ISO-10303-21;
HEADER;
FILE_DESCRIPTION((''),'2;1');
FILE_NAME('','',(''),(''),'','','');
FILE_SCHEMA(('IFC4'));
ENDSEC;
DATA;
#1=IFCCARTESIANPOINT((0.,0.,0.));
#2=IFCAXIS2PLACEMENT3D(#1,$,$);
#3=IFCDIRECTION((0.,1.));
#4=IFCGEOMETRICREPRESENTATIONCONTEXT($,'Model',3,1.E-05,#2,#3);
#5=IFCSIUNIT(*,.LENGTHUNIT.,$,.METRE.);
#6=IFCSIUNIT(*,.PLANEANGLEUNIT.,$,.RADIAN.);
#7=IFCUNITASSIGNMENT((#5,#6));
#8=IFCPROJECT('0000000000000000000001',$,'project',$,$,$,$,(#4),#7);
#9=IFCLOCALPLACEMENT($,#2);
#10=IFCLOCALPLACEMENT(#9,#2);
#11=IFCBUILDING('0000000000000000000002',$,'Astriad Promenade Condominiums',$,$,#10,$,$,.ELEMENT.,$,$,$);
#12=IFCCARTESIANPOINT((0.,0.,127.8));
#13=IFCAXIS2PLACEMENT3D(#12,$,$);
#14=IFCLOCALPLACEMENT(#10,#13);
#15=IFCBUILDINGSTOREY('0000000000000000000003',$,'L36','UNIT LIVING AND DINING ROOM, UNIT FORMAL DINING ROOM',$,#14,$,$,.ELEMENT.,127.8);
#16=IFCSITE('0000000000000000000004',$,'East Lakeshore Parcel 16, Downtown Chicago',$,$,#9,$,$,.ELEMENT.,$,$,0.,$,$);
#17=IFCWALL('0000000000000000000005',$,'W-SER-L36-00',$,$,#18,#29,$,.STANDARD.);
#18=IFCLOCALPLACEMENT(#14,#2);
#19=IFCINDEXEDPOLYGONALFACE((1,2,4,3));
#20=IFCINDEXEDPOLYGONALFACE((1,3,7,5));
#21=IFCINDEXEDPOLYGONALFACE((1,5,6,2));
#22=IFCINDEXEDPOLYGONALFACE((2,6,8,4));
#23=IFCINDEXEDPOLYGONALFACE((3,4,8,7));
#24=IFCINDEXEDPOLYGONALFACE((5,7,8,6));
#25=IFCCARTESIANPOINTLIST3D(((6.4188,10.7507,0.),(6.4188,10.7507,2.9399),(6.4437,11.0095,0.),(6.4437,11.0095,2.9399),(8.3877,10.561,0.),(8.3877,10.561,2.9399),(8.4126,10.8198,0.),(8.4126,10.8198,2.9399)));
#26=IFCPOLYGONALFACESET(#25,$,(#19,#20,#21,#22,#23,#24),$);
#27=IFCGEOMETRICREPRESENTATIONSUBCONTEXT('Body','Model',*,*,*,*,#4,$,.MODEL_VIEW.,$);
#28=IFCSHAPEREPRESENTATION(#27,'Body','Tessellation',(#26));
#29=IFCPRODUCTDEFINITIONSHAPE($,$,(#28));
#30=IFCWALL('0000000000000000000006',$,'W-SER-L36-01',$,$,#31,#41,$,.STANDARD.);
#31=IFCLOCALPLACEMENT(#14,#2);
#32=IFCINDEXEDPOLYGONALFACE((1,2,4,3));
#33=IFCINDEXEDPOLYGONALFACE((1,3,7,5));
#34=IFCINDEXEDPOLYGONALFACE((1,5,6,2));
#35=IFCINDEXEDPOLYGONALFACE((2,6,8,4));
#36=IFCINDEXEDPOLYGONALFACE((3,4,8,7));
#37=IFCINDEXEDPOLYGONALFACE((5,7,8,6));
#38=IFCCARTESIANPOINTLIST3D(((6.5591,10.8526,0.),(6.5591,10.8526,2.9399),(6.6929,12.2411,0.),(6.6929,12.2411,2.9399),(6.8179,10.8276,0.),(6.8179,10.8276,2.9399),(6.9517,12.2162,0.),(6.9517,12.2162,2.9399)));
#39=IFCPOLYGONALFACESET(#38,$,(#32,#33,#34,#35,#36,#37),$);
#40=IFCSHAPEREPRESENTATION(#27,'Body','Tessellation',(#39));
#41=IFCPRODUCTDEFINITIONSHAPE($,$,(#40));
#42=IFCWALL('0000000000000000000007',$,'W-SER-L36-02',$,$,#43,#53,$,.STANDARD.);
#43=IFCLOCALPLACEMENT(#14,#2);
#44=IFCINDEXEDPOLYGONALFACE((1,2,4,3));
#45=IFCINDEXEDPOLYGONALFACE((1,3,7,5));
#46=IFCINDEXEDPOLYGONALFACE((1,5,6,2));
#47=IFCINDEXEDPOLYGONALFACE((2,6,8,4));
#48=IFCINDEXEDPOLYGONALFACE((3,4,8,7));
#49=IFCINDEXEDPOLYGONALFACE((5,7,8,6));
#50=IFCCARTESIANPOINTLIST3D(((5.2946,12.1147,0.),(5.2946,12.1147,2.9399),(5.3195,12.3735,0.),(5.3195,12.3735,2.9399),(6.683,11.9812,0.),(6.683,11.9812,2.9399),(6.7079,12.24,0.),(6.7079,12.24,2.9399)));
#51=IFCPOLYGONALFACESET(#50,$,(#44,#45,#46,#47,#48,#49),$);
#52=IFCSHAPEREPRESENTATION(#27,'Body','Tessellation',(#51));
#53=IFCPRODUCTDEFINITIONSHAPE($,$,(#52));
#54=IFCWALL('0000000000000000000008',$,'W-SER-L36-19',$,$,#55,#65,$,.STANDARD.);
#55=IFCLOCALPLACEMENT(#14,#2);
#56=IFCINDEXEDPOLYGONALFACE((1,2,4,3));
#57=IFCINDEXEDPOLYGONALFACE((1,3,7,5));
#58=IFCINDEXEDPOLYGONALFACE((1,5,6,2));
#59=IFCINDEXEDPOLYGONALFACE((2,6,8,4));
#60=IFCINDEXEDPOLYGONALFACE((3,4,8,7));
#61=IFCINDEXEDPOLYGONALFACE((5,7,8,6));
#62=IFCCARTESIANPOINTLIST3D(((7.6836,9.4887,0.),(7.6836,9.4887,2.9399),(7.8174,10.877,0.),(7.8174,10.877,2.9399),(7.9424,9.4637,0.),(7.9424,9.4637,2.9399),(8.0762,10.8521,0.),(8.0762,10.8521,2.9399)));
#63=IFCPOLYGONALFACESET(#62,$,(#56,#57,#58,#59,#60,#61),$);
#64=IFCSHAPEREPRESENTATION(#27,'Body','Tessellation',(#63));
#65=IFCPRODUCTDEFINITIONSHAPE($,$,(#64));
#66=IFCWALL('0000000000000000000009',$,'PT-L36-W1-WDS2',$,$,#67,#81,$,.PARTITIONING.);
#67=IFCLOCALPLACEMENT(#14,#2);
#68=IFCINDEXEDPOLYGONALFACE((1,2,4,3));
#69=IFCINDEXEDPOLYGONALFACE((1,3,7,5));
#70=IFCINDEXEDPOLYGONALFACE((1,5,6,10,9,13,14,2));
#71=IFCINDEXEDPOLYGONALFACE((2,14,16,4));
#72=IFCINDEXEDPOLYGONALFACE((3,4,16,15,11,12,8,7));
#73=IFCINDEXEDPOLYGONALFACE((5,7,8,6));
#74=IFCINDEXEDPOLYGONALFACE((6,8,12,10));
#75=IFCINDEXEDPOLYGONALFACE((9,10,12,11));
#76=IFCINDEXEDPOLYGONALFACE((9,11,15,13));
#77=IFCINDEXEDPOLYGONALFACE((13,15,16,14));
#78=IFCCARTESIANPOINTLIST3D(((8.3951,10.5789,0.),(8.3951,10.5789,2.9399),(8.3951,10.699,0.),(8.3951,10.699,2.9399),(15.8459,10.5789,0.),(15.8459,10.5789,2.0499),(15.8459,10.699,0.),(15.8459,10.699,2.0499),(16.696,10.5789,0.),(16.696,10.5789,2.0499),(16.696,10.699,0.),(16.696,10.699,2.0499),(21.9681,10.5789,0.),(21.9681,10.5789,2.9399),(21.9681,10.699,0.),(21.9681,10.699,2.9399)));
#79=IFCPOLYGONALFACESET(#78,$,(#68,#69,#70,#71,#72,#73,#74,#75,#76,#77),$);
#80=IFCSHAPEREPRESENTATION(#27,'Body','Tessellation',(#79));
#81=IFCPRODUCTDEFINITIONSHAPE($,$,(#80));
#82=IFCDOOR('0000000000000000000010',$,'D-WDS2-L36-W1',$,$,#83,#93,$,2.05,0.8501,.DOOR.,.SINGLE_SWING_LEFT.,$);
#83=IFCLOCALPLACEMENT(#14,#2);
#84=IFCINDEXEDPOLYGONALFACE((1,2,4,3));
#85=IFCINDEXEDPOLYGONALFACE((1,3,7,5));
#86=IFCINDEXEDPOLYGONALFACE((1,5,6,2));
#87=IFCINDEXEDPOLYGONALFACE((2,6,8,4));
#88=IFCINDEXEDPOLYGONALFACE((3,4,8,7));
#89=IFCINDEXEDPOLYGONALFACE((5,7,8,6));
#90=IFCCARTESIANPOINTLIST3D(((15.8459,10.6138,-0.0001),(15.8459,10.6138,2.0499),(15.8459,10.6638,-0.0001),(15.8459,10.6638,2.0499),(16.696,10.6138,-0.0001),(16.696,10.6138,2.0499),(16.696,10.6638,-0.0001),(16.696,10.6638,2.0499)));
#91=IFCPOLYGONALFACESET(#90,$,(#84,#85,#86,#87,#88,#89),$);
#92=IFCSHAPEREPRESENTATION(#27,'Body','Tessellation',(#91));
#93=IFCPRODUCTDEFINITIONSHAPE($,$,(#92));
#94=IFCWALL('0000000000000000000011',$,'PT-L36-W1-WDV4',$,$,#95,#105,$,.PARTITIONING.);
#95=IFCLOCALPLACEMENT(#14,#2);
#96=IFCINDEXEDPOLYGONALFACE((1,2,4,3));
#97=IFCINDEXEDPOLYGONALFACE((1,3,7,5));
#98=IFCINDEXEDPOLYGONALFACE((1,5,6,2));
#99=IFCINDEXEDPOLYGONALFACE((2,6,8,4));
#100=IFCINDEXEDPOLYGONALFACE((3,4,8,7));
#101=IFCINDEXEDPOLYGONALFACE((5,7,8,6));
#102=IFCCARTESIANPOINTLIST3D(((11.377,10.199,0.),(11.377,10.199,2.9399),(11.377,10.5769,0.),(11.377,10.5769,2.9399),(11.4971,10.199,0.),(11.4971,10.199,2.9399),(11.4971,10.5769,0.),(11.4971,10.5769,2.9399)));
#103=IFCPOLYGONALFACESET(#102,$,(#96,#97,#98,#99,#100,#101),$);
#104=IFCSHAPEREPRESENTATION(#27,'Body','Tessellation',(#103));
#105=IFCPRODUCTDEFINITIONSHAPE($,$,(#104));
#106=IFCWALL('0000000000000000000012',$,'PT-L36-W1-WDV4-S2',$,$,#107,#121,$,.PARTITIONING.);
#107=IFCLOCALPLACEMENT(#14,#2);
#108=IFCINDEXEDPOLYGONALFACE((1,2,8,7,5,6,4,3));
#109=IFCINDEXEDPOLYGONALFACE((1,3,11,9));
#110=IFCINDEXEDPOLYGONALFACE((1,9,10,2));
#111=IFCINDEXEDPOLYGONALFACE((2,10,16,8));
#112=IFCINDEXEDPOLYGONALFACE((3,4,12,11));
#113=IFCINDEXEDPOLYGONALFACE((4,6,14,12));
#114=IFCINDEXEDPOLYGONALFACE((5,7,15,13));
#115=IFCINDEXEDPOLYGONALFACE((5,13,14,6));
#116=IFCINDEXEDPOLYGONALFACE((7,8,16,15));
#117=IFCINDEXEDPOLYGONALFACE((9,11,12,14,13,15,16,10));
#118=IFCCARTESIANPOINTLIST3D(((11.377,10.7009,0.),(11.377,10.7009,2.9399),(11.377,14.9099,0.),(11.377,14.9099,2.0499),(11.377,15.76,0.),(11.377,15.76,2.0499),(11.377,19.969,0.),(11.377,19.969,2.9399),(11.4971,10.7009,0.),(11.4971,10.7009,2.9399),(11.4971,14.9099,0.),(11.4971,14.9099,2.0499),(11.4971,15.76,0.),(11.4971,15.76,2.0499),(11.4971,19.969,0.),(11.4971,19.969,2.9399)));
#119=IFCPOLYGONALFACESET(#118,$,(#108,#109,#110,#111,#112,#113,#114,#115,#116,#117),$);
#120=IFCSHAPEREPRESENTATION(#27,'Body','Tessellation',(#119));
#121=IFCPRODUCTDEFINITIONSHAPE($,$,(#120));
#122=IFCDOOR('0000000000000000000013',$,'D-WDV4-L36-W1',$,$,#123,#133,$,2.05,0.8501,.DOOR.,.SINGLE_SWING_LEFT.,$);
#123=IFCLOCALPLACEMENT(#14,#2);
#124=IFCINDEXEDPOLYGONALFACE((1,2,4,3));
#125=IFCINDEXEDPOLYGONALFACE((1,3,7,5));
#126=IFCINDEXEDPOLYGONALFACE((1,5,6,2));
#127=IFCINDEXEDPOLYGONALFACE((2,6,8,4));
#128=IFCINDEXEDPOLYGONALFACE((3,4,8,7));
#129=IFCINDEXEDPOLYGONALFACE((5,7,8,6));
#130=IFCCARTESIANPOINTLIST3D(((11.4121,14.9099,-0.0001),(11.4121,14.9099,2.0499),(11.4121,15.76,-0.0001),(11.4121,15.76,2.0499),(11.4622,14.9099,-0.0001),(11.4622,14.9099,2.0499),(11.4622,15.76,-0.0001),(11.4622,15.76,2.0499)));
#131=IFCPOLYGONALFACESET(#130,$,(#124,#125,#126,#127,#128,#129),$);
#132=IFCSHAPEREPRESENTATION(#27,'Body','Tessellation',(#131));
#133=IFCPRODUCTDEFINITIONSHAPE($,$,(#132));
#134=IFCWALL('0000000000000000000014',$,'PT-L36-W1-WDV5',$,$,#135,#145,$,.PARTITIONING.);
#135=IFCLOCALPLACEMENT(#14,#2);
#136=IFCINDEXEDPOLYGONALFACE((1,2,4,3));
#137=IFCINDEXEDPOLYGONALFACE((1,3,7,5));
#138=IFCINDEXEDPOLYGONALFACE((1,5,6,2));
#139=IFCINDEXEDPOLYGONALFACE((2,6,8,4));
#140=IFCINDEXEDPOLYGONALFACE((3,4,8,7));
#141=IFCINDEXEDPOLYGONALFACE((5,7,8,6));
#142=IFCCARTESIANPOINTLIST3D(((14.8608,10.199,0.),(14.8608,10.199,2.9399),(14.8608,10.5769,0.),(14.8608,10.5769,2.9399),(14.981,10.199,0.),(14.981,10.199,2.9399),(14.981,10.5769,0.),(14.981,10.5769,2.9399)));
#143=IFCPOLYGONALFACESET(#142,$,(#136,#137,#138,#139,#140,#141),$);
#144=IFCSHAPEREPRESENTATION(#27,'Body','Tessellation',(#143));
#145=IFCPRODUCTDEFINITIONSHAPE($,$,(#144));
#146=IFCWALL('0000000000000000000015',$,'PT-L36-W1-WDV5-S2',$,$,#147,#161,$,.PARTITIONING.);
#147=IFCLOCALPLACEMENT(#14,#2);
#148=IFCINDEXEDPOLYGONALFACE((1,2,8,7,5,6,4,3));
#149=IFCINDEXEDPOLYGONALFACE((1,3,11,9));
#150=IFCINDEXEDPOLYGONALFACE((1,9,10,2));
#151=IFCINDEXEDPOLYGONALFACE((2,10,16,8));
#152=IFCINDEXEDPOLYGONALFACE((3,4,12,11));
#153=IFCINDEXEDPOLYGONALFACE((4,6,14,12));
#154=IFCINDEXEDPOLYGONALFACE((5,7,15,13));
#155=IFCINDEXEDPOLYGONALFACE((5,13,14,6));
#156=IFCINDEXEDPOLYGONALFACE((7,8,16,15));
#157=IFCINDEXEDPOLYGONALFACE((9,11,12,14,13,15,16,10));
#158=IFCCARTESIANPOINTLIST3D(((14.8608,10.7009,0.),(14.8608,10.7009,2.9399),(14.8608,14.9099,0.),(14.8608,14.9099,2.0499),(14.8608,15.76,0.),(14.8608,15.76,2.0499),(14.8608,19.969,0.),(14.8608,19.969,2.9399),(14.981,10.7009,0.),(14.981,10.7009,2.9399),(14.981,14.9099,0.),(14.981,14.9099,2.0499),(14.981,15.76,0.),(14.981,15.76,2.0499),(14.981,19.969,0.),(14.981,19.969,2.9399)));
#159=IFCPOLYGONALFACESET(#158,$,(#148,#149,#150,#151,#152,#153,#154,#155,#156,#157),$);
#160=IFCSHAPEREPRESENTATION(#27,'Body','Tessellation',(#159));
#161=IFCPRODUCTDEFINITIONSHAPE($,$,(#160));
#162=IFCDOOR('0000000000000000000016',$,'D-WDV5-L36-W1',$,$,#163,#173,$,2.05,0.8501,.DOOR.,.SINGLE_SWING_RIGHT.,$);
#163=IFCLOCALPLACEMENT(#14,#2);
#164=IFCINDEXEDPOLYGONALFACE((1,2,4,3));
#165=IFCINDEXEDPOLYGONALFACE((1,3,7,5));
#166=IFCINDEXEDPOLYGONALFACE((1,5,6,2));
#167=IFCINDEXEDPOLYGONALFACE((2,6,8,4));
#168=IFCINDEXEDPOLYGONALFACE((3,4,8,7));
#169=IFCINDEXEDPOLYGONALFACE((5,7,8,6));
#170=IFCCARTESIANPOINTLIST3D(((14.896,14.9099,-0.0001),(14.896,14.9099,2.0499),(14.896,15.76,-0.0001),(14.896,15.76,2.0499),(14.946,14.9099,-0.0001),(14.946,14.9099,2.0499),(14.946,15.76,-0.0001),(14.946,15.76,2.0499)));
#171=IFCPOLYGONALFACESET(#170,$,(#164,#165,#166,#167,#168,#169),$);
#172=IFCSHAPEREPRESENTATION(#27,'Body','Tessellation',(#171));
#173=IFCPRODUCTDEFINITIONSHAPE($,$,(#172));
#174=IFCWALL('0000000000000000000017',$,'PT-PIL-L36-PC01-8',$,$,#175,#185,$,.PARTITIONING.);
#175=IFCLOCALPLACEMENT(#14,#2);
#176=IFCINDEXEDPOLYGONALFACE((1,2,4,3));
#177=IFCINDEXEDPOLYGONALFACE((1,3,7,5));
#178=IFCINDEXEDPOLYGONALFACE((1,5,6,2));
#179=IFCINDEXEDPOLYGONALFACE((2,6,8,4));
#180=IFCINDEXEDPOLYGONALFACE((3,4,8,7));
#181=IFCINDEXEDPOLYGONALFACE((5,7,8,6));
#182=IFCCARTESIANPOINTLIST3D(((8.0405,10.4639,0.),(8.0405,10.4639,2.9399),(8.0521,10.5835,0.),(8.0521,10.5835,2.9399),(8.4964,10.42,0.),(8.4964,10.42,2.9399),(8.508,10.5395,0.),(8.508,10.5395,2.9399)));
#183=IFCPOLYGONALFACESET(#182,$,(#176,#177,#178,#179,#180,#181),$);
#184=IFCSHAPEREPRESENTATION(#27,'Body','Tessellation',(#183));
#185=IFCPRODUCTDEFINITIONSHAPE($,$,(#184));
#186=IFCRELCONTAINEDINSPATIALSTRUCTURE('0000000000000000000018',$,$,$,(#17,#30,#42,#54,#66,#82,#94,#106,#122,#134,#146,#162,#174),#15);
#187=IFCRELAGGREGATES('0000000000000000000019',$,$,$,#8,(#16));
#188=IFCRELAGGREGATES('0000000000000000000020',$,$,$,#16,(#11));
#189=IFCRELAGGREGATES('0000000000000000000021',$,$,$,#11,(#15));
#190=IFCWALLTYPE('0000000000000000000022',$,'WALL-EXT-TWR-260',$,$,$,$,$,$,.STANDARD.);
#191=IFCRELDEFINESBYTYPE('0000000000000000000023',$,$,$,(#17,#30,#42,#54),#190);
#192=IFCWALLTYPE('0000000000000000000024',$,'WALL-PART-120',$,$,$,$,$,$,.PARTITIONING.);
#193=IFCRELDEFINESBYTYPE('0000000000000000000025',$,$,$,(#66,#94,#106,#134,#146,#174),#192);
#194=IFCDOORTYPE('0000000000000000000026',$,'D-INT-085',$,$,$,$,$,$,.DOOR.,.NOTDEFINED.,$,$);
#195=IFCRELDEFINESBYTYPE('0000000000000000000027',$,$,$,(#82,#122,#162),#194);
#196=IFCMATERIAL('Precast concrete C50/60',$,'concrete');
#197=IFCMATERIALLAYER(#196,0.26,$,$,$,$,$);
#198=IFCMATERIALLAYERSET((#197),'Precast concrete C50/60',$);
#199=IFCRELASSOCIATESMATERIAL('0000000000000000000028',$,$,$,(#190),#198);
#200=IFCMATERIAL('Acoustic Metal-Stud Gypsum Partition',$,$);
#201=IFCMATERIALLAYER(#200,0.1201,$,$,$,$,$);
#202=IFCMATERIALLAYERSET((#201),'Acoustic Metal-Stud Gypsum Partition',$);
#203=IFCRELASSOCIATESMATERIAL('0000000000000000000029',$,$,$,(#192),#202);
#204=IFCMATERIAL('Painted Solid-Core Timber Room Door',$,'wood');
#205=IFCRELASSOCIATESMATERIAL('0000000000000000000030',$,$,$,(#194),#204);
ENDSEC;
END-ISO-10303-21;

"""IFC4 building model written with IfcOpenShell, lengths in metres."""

from ifc_helpers import new_model, si_unit, direction, frame, frame_2d, origin, place, context, subcontext, project, spatial, rectangle, extrude, source, transform, mapped, material, layer, layer_set, type_object, type_shapes, element, fill, save


model = new_model("IFC4")

# Units and contexts
model_context = context("Model", 3, precision=1e-05, world=origin(), true_north=direction((0.0, 1.0)))
body_context = subcontext(model_context, "Body", "Model", "MODEL_VIEW")
ifc_project = project(units=[si_unit("LENGTHUNIT", "METRE"), si_unit("PLANEANGLEUNIT", "RADIAN")], contexts=[model_context])

# Site, building, storey
site_placement = place(None, origin())
site = spatial("IfcSite", under=ifc_project, at=site_placement, Name="East Lakeshore Parcel 16, Downtown Chicago", CompositionType="ELEMENT", RefElevation=0.0)
building_placement = place(site_placement, origin())
building = spatial("IfcBuilding", under=site, at=building_placement, Name="Astriad Promenade Condominiums", CompositionType="ELEMENT")
storey_placement = place(building_placement, frame((0.0, 0.0, 127.8)))
storey = spatial("IfcBuildingStorey", under=building, at=storey_placement, Name="L36", Description="UNIT LIVING AND DINING ROOM, UNIT FORMAL DINING ROOM", CompositionType="ELEMENT", Elevation=127.8)

# Shared definitions
ifc_material_1 = material(Name="Precast concrete C50/60", Category="concrete")

# Walls
ifc_layer_1 = layer(ifc_material_1, 0.26)
ifc_layer_set_1 = layer_set([ifc_layer_1], Name="Precast concrete C50/60")
wall_type_1 = type_object("IfcWallType", Name="WALL-EXT-TWR-260", PredefinedType="STANDARD", material=ifc_layer_set_1)
wall_1_placement = place(storey_placement, frame((8.4001, 10.6904, 0.0), z_axis=(0.0, 0.0, 1.0), x_axis=(-0.995391, 0.095898, 0.0)))
element("IfcWall", 1, at=wall_1_placement, inside=storey, type_object=wall_type_1, Name="W-SER-L36-00", PredefinedType="STANDARD", context=body_context, shape_type="SweptSolid", body=[
    extrude(rectangle(XDim=1.978, YDim=0.26, at=frame_2d((0.989, 0.0))), origin(), (0.0, 0.0, 1.0), 2.9399),
])
wall_2_placement = place(storey_placement, frame((6.6885, 10.8401, 0.0), z_axis=(0.0, 0.0, 1.0), x_axis=(0.095899, 0.995391, 0.0)))
element("IfcWall", 2, at=wall_2_placement, inside=storey, type_object=wall_type_1, Name="W-SER-L36-01", PredefinedType="STANDARD", context=body_context, shape_type="SweptSolid", body=[
    extrude(rectangle(XDim=1.395, YDim=0.26, at=frame_2d((0.6975, 0.0))), origin(), (0.0, 0.0, 1.0), 2.9399),
])
for number, where, z_axis, x_axis, name in (
    (3, (6.6953, 12.1106, 0.0), (0.0, 0.0, 1.0), (-0.995406, 0.095742, 0.0), "W-SER-L36-02"),
    (4, (7.813, 9.4763, 0.0), (0.0, 0.0, 1.0), (0.095916, 0.995389, 0.0), "W-SER-L36-19"),
):
    element("IfcWall", number, at=place(storey_placement, frame(where, z_axis=z_axis, x_axis=x_axis)), inside=storey, type_object=wall_type_1, Name=name, PredefinedType="STANDARD", context=body_context, shape_type="SweptSolid", body=[
        extrude(rectangle(XDim=1.3948, YDim=0.26, at=frame_2d((0.6973, 0.0))), origin(), (0.0, 0.0, 1.0), 2.9399),
    ])

# Wall, opening, door
ifc_material_2 = material(Name="Acoustic Metal-Stud Gypsum Partition")
ifc_layer_2 = layer(ifc_material_2, 0.1201)
ifc_layer_set_2 = layer_set([ifc_layer_2], Name="Acoustic Metal-Stud Gypsum Partition")
wall_type_2 = type_object("IfcWallType", Name="WALL-PART-120", PredefinedType="PARTITIONING", material=ifc_layer_set_2)
wall_3_placement = place(storey_placement, frame((8.395, 10.6389, 0.0), z_axis=(0.0, 0.0, 1.0), x_axis=(1.0, 0.0, 0.0)))
wall_3 = element("IfcWall", 5, at=wall_3_placement, inside=storey, type_object=wall_type_2, Name="PT-L36-W1-WDS2", PredefinedType="PARTITIONING", context=body_context, shape_type="SweptSolid", body=[
    extrude(rectangle(XDim=13.573, YDim=0.1201, at=frame_2d((6.7866, 0.0))), origin(), (0.0, 0.0, 1.0), 2.9399),
])
opening_1_placement = place(wall_3_placement, frame((7.4509, 0.0, 0.0)))
opening_1 = element("IfcOpeningElement", 6, at=opening_1_placement, cuts=wall_3, PredefinedType="OPENING", context=body_context, shape_type="SweptSolid", body=[
    extrude(rectangle(XDim=0.8501, YDim=2.05, at=frame_2d((0.425, 1.0249))), frame((0.0, 0.0701, 0.0), z_axis=(0.0, -1.0, 0.0), x_axis=(1.0, 0.0, 0.0)), (0.0, 0.0, 1.0), 0.1401),
])
ifc_material_3 = material(Name="Painted Solid-Core Timber Room Door", Category="wood")
door_type = type_object("IfcDoorType", Name="D-INT-085", OperationType="NOTDEFINED", PredefinedType="DOOR", material=ifc_material_3)
shared_shape_1 = source(origin(), body_context, "Body", "SweptSolid", [
    extrude(rectangle(XDim=0.8501, YDim=2.05, at=frame_2d((0.425, 1.0249))), frame((0.0, 0.0249, 0.0), z_axis=(0.0, -1.0, 0.0), x_axis=(1.0, 0.0, 0.0)), (0.0, 0.0, 1.0), 0.05),
])
type_shapes(door_type, [shared_shape_1])
door_1_placement = place(opening_1_placement, origin())
door_1 = element("IfcDoor", 7, at=door_1_placement, inside=storey, type_object=door_type, Name="D-WDS2-L36-W1", OperationType="SINGLE_SWING_LEFT", OverallHeight=2.05, OverallWidth=0.8501, PredefinedType="DOOR", context=body_context, shape_type="MappedRepresentation", body=[
    mapped(shared_shape_1, transform((0.0, 0.0, 0.0), scale=1.0)),
])
fill(opening_1, door_1)

# Wall
wall_4_placement = place(storey_placement, frame((11.437, 10.199, 0.0), z_axis=(0.0, 0.0, 1.0), x_axis=(0.0, 1.0, 0.0)))
element("IfcWall", 8, at=wall_4_placement, inside=storey, type_object=wall_type_2, Name="PT-L36-W1-WDV4", PredefinedType="PARTITIONING", context=body_context, shape_type="SweptSolid", body=[
    extrude(rectangle(XDim=0.3779, YDim=0.1201, at=frame_2d((0.189, 0.0))), origin(), (0.0, 0.0, 1.0), 2.9399),
])

# Wall, opening, door
wall_5_placement = place(storey_placement, frame((11.437, 10.7009, 0.0), z_axis=(0.0, 0.0, 1.0), x_axis=(0.0, 1.0, 0.0)))
wall_5 = element("IfcWall", 9, at=wall_5_placement, inside=storey, type_object=wall_type_2, Name="PT-L36-W1-WDV4-S2", PredefinedType="PARTITIONING", context=body_context, shape_type="SweptSolid", body=[
    extrude(rectangle(XDim=9.2681, YDim=0.1201, at=frame_2d((4.634, 0.0))), origin(), (0.0, 0.0, 1.0), 2.9399),
])
opening_2_placement = place(wall_5_placement, frame((4.209, 0.0, 0.0)))
opening_2 = element("IfcOpeningElement", 10, at=opening_2_placement, cuts=wall_5, PredefinedType="OPENING", context=body_context, shape_type="SweptSolid", body=[
    extrude(rectangle(XDim=0.8501, YDim=2.05, at=frame_2d((0.425, 1.0249))), frame((0.0, 0.0701, 0.0), z_axis=(0.0, -1.0, 0.0), x_axis=(1.0, 0.0, 0.0)), (0.0, 0.0, 1.0), 0.1401),
])
door_2_placement = place(opening_2_placement, origin())
door_2 = element("IfcDoor", 11, at=door_2_placement, inside=storey, type_object=door_type, Name="D-WDV4-L36-W1", OperationType="SINGLE_SWING_LEFT", OverallHeight=2.05, OverallWidth=0.8501, PredefinedType="DOOR", context=body_context, shape_type="MappedRepresentation", body=[
    mapped(shared_shape_1, transform((0.0, 0.0, 0.0), scale=1.0)),
])
fill(opening_2, door_2)

# Wall
wall_6_placement = place(storey_placement, frame((14.9209, 10.199, 0.0), z_axis=(0.0, 0.0, 1.0), x_axis=(0.0, 1.0, 0.0)))
element("IfcWall", 12, at=wall_6_placement, inside=storey, type_object=wall_type_2, Name="PT-L36-W1-WDV5", PredefinedType="PARTITIONING", context=body_context, shape_type="SweptSolid", body=[
    extrude(rectangle(XDim=0.3779, YDim=0.1201, at=frame_2d((0.189, 0.0))), origin(), (0.0, 0.0, 1.0), 2.9399),
])

# Wall, opening, door
wall_7_placement = place(storey_placement, frame((14.9209, 10.7009, 0.0), z_axis=(0.0, 0.0, 1.0), x_axis=(0.0, 1.0, 0.0)))
wall_7 = element("IfcWall", 13, at=wall_7_placement, inside=storey, type_object=wall_type_2, Name="PT-L36-W1-WDV5-S2", PredefinedType="PARTITIONING", context=body_context, shape_type="SweptSolid", body=[
    extrude(rectangle(XDim=9.2681, YDim=0.1201, at=frame_2d((4.634, 0.0))), origin(), (0.0, 0.0, 1.0), 2.9399),
])
opening_3_placement = place(wall_7_placement, frame((4.209, 0.0, 0.0)))
opening_3 = element("IfcOpeningElement", 14, at=opening_3_placement, cuts=wall_7, PredefinedType="OPENING", context=body_context, shape_type="SweptSolid", body=[
    extrude(rectangle(XDim=0.8501, YDim=2.05, at=frame_2d((0.425, 1.0249))), frame((0.0, 0.0701, 0.0), z_axis=(0.0, -1.0, 0.0), x_axis=(1.0, 0.0, 0.0)), (0.0, 0.0, 1.0), 0.1401),
])
door_3_placement = place(opening_3_placement, origin())
door_3 = element("IfcDoor", 15, at=door_3_placement, inside=storey, type_object=door_type, Name="D-WDV5-L36-W1", OperationType="SINGLE_SWING_RIGHT", OverallHeight=2.05, OverallWidth=0.8501, PredefinedType="DOOR", context=body_context, shape_type="MappedRepresentation", body=[
    mapped(shared_shape_1, transform((0.0, 0.0, 0.0), scale=1.0)),
])
fill(opening_3, door_3)

# Wall
wall_8_placement = place(storey_placement, frame((8.5022, 10.4797, 0.0), z_axis=(0.0, 0.0, 1.0), x_axis=(-0.995385, 0.095966, 0.0)))
element("IfcWall", 16, at=wall_8_placement, inside=storey, type_object=wall_type_2, Name="PT-PIL-L36-PC01-8", PredefinedType="PARTITIONING", context=body_context, shape_type="SweptSolid", body=[
    extrude(rectangle(XDim=0.458, YDim=0.1201, at=frame_2d((0.229, 0.0))), origin(), (0.0, 0.0, 1.0), 2.9399),
])

save(model, "model.ifc")
